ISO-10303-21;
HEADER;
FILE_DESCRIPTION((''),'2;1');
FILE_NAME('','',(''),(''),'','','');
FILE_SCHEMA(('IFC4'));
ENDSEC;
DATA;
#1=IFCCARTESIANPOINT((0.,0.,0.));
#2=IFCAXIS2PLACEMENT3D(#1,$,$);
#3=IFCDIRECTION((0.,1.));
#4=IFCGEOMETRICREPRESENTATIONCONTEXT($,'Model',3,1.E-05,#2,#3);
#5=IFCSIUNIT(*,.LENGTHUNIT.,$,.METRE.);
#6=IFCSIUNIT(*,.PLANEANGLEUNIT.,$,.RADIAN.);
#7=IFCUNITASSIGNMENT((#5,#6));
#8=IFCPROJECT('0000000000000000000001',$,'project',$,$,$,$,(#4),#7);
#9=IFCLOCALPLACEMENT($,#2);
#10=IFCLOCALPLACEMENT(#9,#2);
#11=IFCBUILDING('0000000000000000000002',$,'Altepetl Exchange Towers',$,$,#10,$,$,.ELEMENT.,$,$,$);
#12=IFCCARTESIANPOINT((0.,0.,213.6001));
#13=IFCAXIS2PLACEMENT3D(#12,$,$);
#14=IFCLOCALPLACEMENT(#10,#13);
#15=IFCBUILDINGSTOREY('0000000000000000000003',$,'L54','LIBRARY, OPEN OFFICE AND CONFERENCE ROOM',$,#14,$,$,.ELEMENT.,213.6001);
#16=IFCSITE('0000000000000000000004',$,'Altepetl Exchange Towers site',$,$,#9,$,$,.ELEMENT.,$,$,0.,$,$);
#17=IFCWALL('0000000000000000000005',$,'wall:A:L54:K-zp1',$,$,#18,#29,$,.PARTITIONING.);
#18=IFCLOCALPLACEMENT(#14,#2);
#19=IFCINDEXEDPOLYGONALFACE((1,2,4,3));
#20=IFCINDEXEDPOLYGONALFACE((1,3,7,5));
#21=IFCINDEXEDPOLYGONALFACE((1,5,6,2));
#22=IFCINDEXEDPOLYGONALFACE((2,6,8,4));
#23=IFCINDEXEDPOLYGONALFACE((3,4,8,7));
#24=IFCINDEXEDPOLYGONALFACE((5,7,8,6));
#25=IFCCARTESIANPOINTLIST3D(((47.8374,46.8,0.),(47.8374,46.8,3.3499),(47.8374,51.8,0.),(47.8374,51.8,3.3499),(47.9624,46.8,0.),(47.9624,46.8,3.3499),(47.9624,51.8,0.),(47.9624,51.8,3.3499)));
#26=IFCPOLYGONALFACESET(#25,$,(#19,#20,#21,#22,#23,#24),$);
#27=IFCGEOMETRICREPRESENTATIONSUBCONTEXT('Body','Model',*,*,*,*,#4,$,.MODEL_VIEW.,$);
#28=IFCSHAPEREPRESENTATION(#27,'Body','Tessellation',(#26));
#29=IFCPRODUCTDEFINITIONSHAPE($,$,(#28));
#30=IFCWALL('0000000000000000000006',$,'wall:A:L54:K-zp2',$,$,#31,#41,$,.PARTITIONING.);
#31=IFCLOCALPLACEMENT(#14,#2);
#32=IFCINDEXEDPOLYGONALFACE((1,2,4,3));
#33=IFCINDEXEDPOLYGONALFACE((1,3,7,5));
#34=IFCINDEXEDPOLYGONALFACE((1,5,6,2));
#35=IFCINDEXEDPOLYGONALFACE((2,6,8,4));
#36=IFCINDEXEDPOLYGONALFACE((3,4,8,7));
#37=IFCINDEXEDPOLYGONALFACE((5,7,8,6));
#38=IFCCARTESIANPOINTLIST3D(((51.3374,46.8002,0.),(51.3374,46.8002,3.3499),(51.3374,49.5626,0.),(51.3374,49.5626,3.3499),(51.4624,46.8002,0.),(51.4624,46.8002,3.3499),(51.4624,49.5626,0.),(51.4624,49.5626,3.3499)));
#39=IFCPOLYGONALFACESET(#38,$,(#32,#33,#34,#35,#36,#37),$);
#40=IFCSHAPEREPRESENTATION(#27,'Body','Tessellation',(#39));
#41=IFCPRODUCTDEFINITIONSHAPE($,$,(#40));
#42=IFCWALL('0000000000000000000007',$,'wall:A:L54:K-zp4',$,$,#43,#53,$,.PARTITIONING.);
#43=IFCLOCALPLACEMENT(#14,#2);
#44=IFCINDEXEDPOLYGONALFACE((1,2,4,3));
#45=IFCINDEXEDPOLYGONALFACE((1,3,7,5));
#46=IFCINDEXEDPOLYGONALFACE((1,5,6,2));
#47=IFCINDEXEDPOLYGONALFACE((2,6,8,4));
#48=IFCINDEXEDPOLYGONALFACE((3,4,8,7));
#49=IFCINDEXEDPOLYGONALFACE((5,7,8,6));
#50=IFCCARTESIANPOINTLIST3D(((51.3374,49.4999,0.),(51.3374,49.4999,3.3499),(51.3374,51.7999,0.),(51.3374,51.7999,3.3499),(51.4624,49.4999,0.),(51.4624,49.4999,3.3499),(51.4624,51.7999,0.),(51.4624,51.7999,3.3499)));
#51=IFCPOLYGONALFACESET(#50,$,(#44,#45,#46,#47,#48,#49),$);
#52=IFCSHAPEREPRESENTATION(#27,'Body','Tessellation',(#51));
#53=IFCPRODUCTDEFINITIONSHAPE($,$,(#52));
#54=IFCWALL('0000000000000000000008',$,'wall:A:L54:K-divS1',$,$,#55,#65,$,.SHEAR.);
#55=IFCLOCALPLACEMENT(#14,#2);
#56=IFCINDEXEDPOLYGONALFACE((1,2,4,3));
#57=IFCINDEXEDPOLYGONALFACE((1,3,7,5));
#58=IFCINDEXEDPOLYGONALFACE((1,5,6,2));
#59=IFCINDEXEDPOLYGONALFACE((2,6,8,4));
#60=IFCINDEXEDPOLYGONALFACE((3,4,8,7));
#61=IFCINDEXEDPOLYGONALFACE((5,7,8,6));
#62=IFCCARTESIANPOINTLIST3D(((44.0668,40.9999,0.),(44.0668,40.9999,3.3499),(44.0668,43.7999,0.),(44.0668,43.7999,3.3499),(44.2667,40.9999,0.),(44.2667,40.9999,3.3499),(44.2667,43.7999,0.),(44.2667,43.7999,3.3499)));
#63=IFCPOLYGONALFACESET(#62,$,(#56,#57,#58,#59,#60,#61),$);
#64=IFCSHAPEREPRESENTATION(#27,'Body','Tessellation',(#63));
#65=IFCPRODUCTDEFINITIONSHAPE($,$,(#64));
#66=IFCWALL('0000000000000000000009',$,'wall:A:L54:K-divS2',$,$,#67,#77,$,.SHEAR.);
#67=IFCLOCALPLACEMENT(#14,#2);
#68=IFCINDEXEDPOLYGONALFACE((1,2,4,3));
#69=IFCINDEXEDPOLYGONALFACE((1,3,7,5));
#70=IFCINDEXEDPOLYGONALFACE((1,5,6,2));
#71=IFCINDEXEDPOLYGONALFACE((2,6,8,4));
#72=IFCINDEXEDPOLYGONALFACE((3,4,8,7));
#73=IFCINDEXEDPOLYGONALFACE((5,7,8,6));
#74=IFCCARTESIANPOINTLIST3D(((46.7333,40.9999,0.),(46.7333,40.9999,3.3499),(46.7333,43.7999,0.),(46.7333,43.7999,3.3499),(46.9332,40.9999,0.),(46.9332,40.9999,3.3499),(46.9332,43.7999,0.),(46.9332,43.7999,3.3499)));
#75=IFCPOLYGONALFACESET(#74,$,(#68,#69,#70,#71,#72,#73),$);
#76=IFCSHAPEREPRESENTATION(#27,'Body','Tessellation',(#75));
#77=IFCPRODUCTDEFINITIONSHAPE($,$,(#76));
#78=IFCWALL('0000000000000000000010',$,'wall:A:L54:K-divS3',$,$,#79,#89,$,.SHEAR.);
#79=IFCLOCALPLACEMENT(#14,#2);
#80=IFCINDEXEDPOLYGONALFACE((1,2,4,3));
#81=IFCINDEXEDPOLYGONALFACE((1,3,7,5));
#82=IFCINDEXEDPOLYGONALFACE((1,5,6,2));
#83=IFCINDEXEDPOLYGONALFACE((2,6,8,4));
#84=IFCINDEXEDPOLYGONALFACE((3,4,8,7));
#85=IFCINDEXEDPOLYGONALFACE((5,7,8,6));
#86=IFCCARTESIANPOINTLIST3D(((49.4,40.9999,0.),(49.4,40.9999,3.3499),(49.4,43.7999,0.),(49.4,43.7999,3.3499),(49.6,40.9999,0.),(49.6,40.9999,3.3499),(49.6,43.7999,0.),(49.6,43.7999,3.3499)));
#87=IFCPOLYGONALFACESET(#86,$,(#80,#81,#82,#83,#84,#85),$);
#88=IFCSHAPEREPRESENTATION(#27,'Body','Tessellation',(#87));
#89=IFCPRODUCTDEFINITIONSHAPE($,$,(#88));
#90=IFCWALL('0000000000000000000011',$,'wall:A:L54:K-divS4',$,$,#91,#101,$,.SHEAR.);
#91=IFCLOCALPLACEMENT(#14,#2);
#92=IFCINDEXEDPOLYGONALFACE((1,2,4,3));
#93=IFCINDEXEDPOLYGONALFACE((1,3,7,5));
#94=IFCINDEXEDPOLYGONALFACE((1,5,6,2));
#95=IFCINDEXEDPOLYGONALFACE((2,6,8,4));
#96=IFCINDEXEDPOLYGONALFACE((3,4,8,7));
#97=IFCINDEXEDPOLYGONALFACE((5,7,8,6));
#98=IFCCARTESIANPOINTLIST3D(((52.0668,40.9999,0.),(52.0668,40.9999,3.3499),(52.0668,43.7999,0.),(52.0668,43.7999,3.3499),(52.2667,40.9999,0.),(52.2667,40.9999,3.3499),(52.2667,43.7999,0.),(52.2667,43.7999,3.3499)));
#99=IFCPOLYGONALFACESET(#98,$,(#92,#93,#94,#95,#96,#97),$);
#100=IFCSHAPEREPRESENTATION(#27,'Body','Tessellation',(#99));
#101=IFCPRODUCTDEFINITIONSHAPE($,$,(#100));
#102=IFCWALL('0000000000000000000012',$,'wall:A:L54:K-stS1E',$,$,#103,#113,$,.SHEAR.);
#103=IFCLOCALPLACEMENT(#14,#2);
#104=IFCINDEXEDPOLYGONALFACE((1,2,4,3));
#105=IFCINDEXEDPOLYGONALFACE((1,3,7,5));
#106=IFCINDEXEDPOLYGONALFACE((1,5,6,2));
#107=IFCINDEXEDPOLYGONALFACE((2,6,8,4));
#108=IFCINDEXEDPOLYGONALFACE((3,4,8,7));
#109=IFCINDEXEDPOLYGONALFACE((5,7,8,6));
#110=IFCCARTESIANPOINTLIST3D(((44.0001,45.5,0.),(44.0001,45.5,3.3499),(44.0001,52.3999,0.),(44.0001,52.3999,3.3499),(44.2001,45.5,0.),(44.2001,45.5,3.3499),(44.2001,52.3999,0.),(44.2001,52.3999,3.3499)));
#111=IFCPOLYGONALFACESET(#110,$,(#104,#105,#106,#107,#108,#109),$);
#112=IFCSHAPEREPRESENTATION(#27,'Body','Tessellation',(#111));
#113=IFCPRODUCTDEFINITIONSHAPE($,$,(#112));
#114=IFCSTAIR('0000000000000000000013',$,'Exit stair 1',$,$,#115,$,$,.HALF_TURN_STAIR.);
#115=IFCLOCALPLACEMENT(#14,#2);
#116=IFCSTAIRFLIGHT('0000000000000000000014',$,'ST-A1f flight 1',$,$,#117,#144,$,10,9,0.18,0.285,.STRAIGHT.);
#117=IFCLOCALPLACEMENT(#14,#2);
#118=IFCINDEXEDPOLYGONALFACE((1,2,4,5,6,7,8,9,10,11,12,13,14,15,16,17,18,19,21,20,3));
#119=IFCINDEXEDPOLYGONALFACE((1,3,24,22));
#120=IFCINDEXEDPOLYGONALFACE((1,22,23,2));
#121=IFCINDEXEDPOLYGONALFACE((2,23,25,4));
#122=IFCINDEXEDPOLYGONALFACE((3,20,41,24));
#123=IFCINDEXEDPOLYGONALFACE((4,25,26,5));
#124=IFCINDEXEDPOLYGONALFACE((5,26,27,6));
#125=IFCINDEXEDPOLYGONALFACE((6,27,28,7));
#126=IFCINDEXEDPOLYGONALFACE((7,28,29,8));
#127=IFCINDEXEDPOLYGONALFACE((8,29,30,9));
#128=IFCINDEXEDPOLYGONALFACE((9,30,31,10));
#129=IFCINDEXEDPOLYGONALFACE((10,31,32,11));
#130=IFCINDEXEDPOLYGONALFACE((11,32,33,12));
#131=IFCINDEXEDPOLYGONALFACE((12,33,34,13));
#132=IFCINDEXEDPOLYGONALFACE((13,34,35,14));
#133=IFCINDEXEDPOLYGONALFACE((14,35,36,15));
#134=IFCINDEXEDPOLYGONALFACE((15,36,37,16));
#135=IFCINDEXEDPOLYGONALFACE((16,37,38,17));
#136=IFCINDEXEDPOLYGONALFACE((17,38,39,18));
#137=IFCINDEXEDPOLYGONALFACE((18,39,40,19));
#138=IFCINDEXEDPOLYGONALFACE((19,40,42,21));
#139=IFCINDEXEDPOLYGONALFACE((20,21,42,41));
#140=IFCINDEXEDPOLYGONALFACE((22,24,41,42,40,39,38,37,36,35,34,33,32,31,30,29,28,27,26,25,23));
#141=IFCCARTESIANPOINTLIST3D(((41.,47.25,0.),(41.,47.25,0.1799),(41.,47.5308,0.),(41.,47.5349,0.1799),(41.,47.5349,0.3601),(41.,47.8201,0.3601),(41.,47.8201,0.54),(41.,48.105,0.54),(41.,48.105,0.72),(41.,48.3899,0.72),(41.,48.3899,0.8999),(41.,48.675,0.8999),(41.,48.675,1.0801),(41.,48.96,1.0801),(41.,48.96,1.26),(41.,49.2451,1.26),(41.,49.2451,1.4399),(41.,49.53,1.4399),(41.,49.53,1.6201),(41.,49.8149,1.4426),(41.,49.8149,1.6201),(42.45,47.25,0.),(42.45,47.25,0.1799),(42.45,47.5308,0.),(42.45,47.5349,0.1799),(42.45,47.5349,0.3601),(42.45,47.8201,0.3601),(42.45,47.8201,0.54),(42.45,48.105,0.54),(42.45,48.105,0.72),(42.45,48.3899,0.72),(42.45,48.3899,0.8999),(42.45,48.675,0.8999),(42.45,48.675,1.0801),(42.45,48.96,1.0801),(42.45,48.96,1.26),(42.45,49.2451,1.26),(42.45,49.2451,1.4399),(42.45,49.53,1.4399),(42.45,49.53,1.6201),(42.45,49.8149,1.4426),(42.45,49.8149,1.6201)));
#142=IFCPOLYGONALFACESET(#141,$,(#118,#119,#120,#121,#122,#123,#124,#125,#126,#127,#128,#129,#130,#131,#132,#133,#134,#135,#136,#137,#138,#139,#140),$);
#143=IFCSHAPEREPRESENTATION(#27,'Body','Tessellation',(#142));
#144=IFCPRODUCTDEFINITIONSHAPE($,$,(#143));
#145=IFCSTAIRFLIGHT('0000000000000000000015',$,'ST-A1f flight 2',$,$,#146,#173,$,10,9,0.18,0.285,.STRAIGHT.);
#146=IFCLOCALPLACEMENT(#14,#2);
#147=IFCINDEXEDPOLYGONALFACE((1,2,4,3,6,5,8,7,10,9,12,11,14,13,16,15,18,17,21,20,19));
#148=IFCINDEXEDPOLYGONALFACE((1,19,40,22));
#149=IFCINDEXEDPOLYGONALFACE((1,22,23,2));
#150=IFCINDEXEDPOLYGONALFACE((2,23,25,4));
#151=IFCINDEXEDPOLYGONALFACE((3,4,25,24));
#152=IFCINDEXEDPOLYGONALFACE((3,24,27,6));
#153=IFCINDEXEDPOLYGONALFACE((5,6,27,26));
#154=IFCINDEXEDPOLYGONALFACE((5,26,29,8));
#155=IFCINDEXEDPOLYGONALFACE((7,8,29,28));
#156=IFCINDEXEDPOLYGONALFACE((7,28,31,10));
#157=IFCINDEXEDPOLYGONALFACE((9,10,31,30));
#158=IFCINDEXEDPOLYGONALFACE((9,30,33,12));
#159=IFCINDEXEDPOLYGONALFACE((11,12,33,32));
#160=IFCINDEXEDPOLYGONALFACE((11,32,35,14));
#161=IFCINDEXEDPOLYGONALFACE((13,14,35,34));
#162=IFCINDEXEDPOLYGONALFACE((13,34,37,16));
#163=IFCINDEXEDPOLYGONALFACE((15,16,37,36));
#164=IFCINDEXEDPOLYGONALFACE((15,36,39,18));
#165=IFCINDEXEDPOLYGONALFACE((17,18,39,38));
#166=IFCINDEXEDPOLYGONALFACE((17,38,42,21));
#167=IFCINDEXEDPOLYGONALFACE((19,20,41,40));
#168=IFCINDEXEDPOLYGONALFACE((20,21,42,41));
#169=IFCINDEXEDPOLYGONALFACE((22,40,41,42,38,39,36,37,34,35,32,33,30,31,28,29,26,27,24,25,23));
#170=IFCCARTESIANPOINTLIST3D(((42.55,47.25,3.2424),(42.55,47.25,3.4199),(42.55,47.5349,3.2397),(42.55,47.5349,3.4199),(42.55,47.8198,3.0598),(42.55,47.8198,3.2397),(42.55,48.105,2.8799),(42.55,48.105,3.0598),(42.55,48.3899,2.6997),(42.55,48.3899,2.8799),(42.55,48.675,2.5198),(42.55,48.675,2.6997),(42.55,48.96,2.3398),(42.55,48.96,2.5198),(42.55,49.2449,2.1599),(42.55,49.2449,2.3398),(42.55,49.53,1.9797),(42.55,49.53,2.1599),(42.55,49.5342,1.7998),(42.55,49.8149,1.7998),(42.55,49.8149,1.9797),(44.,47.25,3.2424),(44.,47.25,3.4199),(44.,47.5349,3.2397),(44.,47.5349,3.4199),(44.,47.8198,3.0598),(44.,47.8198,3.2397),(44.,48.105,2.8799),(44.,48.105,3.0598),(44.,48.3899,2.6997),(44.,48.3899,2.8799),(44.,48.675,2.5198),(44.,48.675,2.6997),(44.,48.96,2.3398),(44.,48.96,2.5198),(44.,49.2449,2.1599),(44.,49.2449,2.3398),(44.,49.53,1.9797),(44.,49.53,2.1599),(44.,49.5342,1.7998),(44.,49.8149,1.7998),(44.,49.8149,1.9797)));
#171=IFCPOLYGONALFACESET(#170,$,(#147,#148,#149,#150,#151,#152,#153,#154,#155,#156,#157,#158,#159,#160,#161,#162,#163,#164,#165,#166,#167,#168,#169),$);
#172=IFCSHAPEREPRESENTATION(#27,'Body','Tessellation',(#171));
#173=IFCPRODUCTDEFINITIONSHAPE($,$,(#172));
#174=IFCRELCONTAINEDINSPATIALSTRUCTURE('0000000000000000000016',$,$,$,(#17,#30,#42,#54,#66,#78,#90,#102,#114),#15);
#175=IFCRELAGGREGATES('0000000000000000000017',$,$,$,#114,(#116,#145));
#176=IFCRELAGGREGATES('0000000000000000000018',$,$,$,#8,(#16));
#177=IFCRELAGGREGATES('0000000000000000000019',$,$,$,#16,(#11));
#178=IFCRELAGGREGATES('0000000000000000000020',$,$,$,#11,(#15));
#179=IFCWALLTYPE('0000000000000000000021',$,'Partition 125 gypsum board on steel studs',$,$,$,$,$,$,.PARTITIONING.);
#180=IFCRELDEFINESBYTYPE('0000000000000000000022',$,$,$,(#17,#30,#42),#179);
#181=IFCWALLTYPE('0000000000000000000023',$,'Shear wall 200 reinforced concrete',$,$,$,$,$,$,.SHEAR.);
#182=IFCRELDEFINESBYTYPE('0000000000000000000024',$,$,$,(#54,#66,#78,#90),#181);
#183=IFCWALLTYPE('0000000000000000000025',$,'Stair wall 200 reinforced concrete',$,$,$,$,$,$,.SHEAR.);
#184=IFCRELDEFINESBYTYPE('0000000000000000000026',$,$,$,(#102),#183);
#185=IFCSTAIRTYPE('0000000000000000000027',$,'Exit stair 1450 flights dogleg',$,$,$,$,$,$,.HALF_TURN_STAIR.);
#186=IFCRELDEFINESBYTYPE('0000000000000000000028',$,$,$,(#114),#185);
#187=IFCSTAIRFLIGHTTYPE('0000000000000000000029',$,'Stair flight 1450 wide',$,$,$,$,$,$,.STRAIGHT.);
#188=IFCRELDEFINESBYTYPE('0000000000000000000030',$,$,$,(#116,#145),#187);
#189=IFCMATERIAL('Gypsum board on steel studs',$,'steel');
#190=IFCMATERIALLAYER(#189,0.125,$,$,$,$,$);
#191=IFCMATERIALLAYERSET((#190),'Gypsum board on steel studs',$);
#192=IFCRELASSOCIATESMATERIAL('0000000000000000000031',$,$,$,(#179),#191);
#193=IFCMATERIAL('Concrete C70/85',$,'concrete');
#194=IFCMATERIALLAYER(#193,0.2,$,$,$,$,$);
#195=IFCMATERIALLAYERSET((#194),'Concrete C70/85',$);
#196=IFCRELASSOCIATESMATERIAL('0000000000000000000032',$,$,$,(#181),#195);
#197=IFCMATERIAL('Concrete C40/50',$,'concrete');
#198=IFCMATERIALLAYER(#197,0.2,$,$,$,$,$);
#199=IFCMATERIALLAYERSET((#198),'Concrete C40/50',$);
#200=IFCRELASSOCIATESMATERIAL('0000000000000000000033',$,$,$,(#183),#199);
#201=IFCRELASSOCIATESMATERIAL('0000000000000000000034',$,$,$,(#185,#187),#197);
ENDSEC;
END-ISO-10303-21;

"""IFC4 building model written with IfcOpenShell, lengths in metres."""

from ifc_helpers import new_model, si_unit, direction, frame, frame_2d, origin, place, context, subcontext, project, spatial, polyline, rectangle, outline, extrude, material, layer, layer_set, type_object, element, aggregate, save


model = new_model("IFC4")

# Units and contexts
model_context = context("Model", 3, precision=1e-05, world=origin(), true_north=direction((0.0, 1.0)))
body_context = subcontext(model_context, "Body", "Model", "MODEL_VIEW")
ifc_project = project(units=[si_unit("LENGTHUNIT", "METRE"), si_unit("PLANEANGLEUNIT", "RADIAN")], contexts=[model_context])

# Site, building, storey
site_placement = place(None, origin())
site = spatial("IfcSite", under=ifc_project, at=site_placement, Name="Altepetl Exchange Towers site", CompositionType="ELEMENT", RefElevation=0.0)
building_placement = place(site_placement, origin())
building = spatial("IfcBuilding", under=site, at=building_placement, Name="Altepetl Exchange Towers", CompositionType="ELEMENT")
storey_placement = place(building_placement, frame((0.0, 0.0, 213.6001)))
storey = spatial("IfcBuildingStorey", under=building, at=storey_placement, Name="L54", Description="LIBRARY, OPEN OFFICE AND CONFERENCE ROOM", CompositionType="ELEMENT", Elevation=213.6001)

# Walls
ifc_material_1 = material(Name="Gypsum board on steel studs", Category="steel")
ifc_layer_1 = layer(ifc_material_1, 0.125)
ifc_layer_set_1 = layer_set([ifc_layer_1], Name="Gypsum board on steel studs")
wall_type_1 = type_object("IfcWallType", Name="Partition 125 gypsum board on steel studs", PredefinedType="PARTITIONING", material=ifc_layer_set_1)
wall_1_placement = place(storey_placement, frame((47.8999, 46.8, 0.0), z_axis=(0.0, 0.0, 1.0), x_axis=(0.0, 1.0, 0.0)))
element("IfcWall", 1, at=wall_1_placement, inside=storey, type_object=wall_type_1, Name="wall:A:L54:K-zp1", PredefinedType="PARTITIONING", context=body_context, shape_type="SweptSolid", body=[
    extrude(rectangle(XDim=5.0, YDim=0.125, at=frame_2d((2.5, 0.0))), origin(), (0.0, 0.0, 1.0), 3.3499),
])
wall_2_placement = place(storey_placement, frame((51.3999, 46.8, 0.0), z_axis=(0.0, 0.0, 1.0), x_axis=(0.0, 1.0, 0.0)))
element("IfcWall", 2, at=wall_2_placement, inside=storey, type_object=wall_type_1, Name="wall:A:L54:K-zp2", PredefinedType="PARTITIONING", context=body_context, shape_type="SweptSolid", body=[
    extrude(rectangle(XDim=2.7625, YDim=0.125, at=frame_2d((1.3813, 0.0))), origin(), (0.0, 0.0, 1.0), 3.3499),
])
wall_3_placement = place(storey_placement, frame((51.3999, 49.5, 0.0), z_axis=(0.0, 0.0, 1.0), x_axis=(0.0, 1.0, 0.0)))
element("IfcWall", 3, at=wall_3_placement, inside=storey, type_object=wall_type_1, Name="wall:A:L54:K-zp4", PredefinedType="PARTITIONING", context=body_context, shape_type="SweptSolid", body=[
    extrude(rectangle(XDim=2.3, YDim=0.125, at=frame_2d((1.1499, 0.0))), origin(), (0.0, 0.0, 1.0), 3.3499),
])
ifc_material_2 = material(Name="Concrete C70/85", Category="concrete")
ifc_layer_2 = layer(ifc_material_2, 0.2)
ifc_layer_set_2 = layer_set([ifc_layer_2], Name="Concrete C70/85")
wall_type_2 = type_object("IfcWallType", Name="Shear wall 200 reinforced concrete", PredefinedType="SHEAR", material=ifc_layer_set_2)
for number, where, z_axis, x_axis, name in (
    (4, (44.1667, 41.0, 0.0), (0.0, 0.0, 1.0), (0.0, 1.0, 0.0), "wall:A:L54:K-divS1"),
    (5, (46.8333, 41.0, 0.0), (0.0, 0.0, 1.0), (0.0, 1.0, 0.0), "wall:A:L54:K-divS2"),
    (6, (49.5, 41.0, 0.0), (0.0, 0.0, 1.0), (0.0, 1.0, 0.0), "wall:A:L54:K-divS3"),
    (7, (52.1667, 41.0, 0.0), (0.0, 0.0, 1.0), (0.0, 1.0, 0.0), "wall:A:L54:K-divS4"),
):
    element("IfcWall", number, at=place(storey_placement, frame(where, z_axis=z_axis, x_axis=x_axis)), inside=storey, type_object=wall_type_2, Name=name, PredefinedType="SHEAR", context=body_context, shape_type="SweptSolid", body=[
        extrude(rectangle(XDim=2.8, YDim=0.2, at=frame_2d((1.3999, 0.0))), origin(), (0.0, 0.0, 1.0), 3.3499),
    ])
ifc_material_3 = material(Name="Concrete C40/50", Category="concrete")
ifc_layer_3 = layer(ifc_material_3, 0.2)
ifc_layer_set_3 = layer_set([ifc_layer_3], Name="Concrete C40/50")
wall_type_3 = type_object("IfcWallType", Name="Stair wall 200 reinforced concrete", PredefinedType="SHEAR", material=ifc_layer_set_3)
wall_4_placement = place(storey_placement, frame((44.1001, 45.5, 0.0), z_axis=(0.0, 0.0, 1.0), x_axis=(0.0, 1.0, 0.0)))
element("IfcWall", 8, at=wall_4_placement, inside=storey, type_object=wall_type_3, Name="wall:A:L54:K-stS1E", PredefinedType="SHEAR", context=body_context, shape_type="SweptSolid", body=[
    extrude(rectangle(XDim=6.8999, YDim=0.2, at=frame_2d((3.45, 0.0))), origin(), (0.0, 0.0, 1.0), 3.3499),
])

# Stair, stair flights
stair_type = type_object("IfcStairType", Name="Exit stair 1450 flights dogleg", PredefinedType="HALF_TURN_STAIR", material=ifc_material_3)
stair_placement = place(storey_placement, origin())
stair = element("IfcStair", 9, at=stair_placement, inside=storey, type_object=stair_type, Name="Exit stair 1", PredefinedType="HALF_TURN_STAIR")
stair_flight_type = type_object("IfcStairFlightType", Name="Stair flight 1450 wide", PredefinedType="STRAIGHT", material=ifc_material_3)
stair_flight_1_placement = place(storey_placement, frame((41.7251, 47.25, 0.0), z_axis=(0.0, 0.0, 1.0), x_axis=(0.0, 1.0, 0.0)))
stair_flight_1 = element("IfcStairFlight", 10, at=stair_flight_1_placement, type_object=stair_flight_type, Name="ST-A1f flight 1", NumberOfRisers=10, NumberOfTreads=9, PredefinedType="STRAIGHT", RiserHeight=0.18, TreadLength=0.285, context=body_context, shape_type="SweptSolid", body=[
    extrude(outline(polyline([(0.0, 0.0), (0.0, 0.1799), (0.2849, 0.1799), (0.2849, 0.3601), (0.5701, 0.3601), (0.5701, 0.54), (0.855, 0.54), (0.855, 0.72), (1.1399, 0.72), (1.1399, 0.8999), (1.425, 0.8999), (1.425, 1.0801), (1.71, 1.0801), (1.71, 1.26), (1.9951, 1.26), (1.9951, 1.4399), (2.28, 1.4399), (2.28, 1.6201), (2.5649, 1.6201), (2.5649, 1.8), (2.5649, 1.4426), (0.2808, 0.0), (0.0, 0.0)])), frame((0.0, 0.7251, 0.0), z_axis=(0.0, -1.0, 0.0), x_axis=(1.0, 0.0, 0.0)), (0.0, 0.0, 1.0), 1.45),
])
stair_flight_2_placement = place(storey_placement, frame((43.2749, 49.8149, 1.7998), z_axis=(0.0, 0.0, 1.0), x_axis=(0.0, -1.0, 0.0)))
stair_flight_2 = element("IfcStairFlight", 11, at=stair_flight_2_placement, type_object=stair_flight_type, Name="ST-A1f flight 2", NumberOfRisers=10, NumberOfTreads=9, PredefinedType="STRAIGHT", RiserHeight=0.18, TreadLength=0.285, context=body_context, shape_type="SweptSolid", body=[
    extrude(outline(polyline([(0.0, 0.0), (0.0, 0.1799), (0.2849, 0.1799), (0.2849, 0.3601), (0.5701, 0.3601), (0.5701, 0.54), (0.855, 0.54), (0.855, 0.72), (1.1399, 0.72), (1.1399, 0.8999), (1.425, 0.8999), (1.425, 1.0801), (1.71, 1.0801), (1.71, 1.26), (1.9951, 1.26), (1.9951, 1.4399), (2.28, 1.4399), (2.28, 1.6201), (2.5649, 1.6201), (2.5649, 1.8), (2.5649, 1.4426), (0.2808, 0.0), (0.0, 0.0)])), frame((0.0, 0.7251, 0.0), z_axis=(0.0, -1.0, 0.0), x_axis=(1.0, 0.0, 0.0)), (0.0, 0.0, 1.0), 1.45),
])
aggregate(stair, [stair_flight_1, stair_flight_2])

save(model, "model.ifc")
